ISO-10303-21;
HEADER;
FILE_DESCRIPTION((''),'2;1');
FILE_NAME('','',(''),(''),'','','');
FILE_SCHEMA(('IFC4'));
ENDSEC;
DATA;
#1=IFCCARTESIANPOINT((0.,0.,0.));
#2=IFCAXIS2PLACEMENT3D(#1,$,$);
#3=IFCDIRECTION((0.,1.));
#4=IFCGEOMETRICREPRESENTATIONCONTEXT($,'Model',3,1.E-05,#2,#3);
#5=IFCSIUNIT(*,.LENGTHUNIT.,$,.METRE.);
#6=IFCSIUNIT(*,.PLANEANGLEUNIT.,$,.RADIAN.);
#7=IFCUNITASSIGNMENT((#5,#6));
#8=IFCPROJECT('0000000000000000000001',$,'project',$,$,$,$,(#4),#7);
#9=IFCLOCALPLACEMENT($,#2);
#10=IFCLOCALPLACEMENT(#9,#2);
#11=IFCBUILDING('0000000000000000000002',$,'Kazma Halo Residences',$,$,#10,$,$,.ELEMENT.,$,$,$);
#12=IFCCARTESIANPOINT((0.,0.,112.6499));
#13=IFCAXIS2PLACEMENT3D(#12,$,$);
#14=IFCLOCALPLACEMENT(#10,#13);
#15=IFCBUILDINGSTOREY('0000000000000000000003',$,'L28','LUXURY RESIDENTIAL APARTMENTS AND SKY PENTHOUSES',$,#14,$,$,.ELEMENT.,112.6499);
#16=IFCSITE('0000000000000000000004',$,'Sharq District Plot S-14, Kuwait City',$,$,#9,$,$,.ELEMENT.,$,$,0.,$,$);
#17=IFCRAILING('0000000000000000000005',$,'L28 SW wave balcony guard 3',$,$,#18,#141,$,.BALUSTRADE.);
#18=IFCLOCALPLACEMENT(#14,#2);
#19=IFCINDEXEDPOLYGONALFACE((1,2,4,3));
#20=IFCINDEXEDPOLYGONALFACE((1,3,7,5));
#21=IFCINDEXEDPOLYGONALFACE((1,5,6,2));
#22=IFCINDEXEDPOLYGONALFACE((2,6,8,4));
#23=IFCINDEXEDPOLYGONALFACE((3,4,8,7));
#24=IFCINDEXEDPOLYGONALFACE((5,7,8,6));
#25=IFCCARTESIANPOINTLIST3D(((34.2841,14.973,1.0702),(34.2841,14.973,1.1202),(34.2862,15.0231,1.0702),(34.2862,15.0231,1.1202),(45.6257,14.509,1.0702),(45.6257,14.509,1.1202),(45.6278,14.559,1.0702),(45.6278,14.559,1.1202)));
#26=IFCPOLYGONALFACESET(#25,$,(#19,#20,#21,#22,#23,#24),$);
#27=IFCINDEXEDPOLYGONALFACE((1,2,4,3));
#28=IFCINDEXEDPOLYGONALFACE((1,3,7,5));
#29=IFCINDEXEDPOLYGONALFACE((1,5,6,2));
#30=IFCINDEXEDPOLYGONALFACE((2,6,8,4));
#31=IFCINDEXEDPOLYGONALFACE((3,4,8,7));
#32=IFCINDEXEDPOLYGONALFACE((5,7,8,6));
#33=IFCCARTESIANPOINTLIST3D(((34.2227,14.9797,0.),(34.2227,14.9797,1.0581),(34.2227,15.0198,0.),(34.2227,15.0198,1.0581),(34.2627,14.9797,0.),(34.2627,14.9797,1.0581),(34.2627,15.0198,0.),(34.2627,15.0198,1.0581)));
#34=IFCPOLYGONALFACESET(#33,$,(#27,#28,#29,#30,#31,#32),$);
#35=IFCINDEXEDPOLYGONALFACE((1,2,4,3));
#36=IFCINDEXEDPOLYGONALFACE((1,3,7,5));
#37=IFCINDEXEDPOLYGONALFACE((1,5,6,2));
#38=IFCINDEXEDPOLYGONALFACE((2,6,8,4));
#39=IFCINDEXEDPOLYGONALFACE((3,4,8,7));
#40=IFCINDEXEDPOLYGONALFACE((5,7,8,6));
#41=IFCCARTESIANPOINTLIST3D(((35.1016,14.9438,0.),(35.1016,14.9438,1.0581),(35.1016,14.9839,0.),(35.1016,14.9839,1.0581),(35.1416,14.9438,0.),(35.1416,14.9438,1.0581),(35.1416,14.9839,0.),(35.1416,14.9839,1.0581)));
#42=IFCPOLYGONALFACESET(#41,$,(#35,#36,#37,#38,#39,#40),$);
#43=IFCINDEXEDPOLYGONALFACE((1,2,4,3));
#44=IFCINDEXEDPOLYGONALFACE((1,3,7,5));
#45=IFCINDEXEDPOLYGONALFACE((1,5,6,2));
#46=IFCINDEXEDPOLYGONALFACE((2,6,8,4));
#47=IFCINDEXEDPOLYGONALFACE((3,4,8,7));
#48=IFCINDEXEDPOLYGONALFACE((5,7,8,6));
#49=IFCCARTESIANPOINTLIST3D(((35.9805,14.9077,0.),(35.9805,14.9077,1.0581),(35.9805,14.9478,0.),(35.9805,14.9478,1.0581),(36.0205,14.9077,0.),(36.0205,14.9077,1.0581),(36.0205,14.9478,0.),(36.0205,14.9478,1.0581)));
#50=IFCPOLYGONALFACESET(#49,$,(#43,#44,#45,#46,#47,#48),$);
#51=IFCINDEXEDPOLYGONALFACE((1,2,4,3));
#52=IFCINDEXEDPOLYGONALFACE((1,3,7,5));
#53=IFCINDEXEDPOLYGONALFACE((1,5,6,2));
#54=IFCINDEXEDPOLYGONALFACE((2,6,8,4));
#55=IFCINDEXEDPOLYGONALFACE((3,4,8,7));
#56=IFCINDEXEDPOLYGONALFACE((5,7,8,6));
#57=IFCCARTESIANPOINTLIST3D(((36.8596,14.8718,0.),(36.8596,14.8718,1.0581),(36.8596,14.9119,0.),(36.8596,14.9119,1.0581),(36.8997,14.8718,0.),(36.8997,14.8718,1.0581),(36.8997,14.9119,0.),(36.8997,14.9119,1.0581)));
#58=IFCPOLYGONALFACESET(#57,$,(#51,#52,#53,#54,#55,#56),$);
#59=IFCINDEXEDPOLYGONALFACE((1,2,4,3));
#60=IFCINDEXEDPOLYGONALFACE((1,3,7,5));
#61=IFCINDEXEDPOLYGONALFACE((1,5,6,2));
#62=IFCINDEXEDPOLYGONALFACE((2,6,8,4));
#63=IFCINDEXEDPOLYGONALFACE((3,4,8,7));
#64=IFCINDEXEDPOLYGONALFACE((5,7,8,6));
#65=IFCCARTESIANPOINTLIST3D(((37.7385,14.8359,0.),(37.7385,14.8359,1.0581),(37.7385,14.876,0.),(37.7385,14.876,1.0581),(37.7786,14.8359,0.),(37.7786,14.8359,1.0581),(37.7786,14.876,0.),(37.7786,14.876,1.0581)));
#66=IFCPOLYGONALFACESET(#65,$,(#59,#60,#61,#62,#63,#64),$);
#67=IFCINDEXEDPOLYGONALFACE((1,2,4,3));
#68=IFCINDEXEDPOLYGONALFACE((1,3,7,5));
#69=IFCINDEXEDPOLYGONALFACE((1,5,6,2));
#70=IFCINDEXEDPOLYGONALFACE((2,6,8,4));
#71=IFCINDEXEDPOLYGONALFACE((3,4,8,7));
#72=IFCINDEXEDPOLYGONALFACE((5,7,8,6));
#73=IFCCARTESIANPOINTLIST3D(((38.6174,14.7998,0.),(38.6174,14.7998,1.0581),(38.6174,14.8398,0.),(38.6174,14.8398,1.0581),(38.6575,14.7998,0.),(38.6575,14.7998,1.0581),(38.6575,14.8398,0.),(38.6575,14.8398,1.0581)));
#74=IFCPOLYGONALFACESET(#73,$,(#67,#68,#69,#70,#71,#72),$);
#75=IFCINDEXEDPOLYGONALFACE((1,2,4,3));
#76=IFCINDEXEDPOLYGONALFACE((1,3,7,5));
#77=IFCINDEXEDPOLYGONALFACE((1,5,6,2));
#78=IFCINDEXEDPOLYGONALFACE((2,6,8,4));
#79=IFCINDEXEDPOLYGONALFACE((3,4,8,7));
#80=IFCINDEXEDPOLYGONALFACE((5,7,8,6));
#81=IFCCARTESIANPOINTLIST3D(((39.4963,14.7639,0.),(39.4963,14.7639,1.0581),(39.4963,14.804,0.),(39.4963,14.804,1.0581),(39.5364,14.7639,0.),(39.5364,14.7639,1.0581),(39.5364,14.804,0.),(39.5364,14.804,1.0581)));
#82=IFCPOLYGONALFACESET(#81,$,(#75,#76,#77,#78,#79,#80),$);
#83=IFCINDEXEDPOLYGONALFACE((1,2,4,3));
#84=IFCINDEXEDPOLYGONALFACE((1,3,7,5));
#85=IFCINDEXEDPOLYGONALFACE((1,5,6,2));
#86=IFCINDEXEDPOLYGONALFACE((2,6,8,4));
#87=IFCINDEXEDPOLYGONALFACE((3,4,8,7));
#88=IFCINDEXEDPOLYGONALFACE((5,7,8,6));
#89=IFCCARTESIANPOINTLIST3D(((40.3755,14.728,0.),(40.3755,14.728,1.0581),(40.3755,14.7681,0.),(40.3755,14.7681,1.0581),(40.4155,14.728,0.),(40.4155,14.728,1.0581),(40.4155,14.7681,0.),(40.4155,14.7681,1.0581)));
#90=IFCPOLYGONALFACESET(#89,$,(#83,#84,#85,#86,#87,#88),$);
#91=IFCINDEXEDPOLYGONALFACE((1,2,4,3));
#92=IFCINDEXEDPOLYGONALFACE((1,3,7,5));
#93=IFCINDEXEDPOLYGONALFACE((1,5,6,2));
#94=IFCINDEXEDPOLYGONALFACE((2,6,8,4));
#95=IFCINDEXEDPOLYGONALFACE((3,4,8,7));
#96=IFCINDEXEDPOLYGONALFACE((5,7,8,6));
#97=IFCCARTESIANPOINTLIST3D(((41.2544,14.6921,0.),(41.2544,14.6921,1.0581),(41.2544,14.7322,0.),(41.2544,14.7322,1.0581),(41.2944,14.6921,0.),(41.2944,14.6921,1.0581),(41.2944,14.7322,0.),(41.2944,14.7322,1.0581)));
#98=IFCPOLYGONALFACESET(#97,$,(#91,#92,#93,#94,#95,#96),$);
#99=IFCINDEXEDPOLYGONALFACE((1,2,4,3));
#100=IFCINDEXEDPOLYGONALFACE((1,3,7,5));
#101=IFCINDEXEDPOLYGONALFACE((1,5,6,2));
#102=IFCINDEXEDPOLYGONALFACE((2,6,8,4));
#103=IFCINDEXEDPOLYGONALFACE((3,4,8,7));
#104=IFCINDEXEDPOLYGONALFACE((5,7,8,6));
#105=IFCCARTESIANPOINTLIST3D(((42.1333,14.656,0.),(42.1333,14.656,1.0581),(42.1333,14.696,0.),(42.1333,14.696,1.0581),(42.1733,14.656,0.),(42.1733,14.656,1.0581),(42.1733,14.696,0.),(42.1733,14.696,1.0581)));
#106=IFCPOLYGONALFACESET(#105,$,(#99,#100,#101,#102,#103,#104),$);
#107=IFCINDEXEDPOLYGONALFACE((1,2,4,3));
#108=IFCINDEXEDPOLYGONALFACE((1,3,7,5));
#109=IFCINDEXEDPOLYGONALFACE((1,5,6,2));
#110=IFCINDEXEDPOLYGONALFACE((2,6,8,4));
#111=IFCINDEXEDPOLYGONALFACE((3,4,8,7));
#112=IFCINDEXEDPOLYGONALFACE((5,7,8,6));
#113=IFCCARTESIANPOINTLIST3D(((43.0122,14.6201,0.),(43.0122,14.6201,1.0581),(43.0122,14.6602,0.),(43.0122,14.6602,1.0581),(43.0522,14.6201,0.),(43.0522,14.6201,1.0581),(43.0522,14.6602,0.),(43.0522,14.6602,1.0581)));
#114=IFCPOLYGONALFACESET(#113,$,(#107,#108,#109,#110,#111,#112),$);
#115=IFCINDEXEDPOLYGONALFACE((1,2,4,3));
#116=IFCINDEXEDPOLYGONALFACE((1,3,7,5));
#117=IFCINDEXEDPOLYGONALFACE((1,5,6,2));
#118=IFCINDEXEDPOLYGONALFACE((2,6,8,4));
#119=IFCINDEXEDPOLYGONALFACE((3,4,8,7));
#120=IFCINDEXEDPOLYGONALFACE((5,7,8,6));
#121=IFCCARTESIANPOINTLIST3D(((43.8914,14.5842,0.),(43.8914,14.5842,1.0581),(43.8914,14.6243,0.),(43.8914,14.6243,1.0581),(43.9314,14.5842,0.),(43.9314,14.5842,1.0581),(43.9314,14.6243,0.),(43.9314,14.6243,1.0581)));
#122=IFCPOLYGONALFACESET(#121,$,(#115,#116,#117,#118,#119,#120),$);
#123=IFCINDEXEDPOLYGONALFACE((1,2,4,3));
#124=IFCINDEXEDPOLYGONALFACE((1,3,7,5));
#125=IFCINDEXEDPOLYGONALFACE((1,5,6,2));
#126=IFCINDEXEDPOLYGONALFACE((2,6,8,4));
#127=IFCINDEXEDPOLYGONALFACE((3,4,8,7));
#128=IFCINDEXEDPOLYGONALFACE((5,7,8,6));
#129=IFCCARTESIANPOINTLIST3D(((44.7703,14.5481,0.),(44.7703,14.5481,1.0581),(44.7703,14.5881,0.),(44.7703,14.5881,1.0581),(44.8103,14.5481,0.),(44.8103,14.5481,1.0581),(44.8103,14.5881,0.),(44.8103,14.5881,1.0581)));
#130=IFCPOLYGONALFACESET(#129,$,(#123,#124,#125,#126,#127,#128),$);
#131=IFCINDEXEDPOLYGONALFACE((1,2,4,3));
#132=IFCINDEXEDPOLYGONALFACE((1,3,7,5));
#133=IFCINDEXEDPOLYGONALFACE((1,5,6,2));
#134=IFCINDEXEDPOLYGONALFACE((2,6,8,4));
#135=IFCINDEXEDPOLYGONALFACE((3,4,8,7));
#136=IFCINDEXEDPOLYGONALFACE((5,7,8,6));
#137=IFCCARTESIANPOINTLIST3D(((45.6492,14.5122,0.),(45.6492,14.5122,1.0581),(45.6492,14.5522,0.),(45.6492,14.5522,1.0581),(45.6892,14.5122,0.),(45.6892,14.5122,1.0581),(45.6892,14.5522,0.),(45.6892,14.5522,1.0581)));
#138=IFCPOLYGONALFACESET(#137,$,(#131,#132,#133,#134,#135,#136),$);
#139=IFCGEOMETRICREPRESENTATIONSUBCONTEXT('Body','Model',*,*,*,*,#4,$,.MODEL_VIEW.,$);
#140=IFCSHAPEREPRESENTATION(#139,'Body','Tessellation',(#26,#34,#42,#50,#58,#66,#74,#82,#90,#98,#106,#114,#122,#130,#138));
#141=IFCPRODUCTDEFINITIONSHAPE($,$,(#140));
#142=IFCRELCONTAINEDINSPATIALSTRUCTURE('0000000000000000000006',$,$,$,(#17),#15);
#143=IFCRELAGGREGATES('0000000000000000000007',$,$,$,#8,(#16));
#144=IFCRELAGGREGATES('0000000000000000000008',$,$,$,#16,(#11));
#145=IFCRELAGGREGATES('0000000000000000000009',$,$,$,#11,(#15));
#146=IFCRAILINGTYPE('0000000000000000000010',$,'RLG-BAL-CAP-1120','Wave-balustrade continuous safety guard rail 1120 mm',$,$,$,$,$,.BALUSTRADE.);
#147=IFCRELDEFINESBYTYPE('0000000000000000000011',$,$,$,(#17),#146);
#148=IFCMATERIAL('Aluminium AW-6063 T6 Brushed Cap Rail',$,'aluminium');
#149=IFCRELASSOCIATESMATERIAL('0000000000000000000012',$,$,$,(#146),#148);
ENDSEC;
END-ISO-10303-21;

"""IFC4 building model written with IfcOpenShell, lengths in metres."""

from ifc_helpers import new_model, si_unit, direction, frame, origin, origin_2d, place, context, subcontext, project, spatial, rectangle, extrude, material, type_object, element, save


model = new_model("IFC4")

# Units and contexts
model_context = context("Model", 3, precision=1e-05, world=origin(), true_north=direction((0.0, 1.0)))
body_context = subcontext(model_context, "Body", "Model", "MODEL_VIEW")
ifc_project = project(units=[si_unit("LENGTHUNIT", "METRE"), si_unit("PLANEANGLEUNIT", "RADIAN")], contexts=[model_context])

# Site, building, storey
site_placement = place(None, origin())
site = spatial("IfcSite", under=ifc_project, at=site_placement, Name="Sharq District Plot S-14, Kuwait City", CompositionType="ELEMENT", RefElevation=0.0)
building_placement = place(site_placement, origin())
building = spatial("IfcBuilding", under=site, at=building_placement, Name="Kazma Halo Residences", CompositionType="ELEMENT")
storey_placement = place(building_placement, frame((0.0, 0.0, 112.6499)))
storey = spatial("IfcBuildingStorey", under=building, at=storey_placement, Name="L28", Description="LUXURY RESIDENTIAL APARTMENTS AND SKY PENTHOUSES", CompositionType="ELEMENT", Elevation=112.6499)

# Railing
ifc_material_1 = material(Name="Aluminium AW-6063 T6 Brushed Cap Rail", Category="aluminium")
railing_type = type_object("IfcRailingType", Name="RLG-BAL-CAP-1120", Description="Wave-balustrade continuous safety guard rail 1120 mm", PredefinedType="BALUSTRADE", material=ifc_material_1)
railing_1_placement = place(storey_placement, frame((34.2427, 14.9998, 0.0)))
element("IfcRailing", 1, at=railing_1_placement, inside=storey, type_object=railing_type, Name="L28 SW wave balcony guard 3", PredefinedType="BALUSTRADE", context=body_context, shape_type="SweptSolid", body=[
    extrude(rectangle(XDim=0.05, YDim=0.05, at=origin_2d()), frame((0.0425, -0.0017, 1.0952), z_axis=(0.999164, -0.040882, 0.0), x_axis=(0.040882, 0.999164, 0.0)), (0.0, 0.0, 1.0), 11.3511),
    extrude(rectangle(XDim=0.04, YDim=0.04, at=origin_2d()), origin(), (0.0, 0.0, 1.0), 1.0581),
    extrude(rectangle(XDim=0.04, YDim=0.04, at=origin_2d()), frame((0.8789, -0.0359, 0.0)), (0.0, 0.0, 1.0), 1.0581),
    extrude(rectangle(XDim=0.04, YDim=0.04, at=origin_2d()), frame((1.7578, -0.072, 0.0)), (0.0, 0.0, 1.0), 1.0581),
    extrude(rectangle(XDim=0.04, YDim=0.04, at=origin_2d()), frame((2.637, -0.1079, 0.0)), (0.0, 0.0, 1.0), 1.0581),
    extrude(rectangle(XDim=0.04, YDim=0.04, at=origin_2d()), frame((3.5159, -0.1438, 0.0)), (0.0, 0.0, 1.0), 1.0581),
    extrude(rectangle(XDim=0.04, YDim=0.04, at=origin_2d()), frame((4.3948, -0.1799, 0.0)), (0.0, 0.0, 1.0), 1.0581),
    extrude(rectangle(XDim=0.04, YDim=0.04, at=origin_2d()), frame((5.2737, -0.2158, 0.0)), (0.0, 0.0, 1.0), 1.0581),
    extrude(rectangle(XDim=0.04, YDim=0.04, at=origin_2d()), frame((6.1528, -0.2517, 0.0)), (0.0, 0.0, 1.0), 1.0581),
    extrude(rectangle(XDim=0.04, YDim=0.04, at=origin_2d()), frame((7.0317, -0.2876, 0.0)), (0.0, 0.0, 1.0), 1.0581),
    extrude(rectangle(XDim=0.04, YDim=0.04, at=origin_2d()), frame((7.9106, -0.3237, 0.0)), (0.0, 0.0, 1.0), 1.0581),
    extrude(rectangle(XDim=0.04, YDim=0.04, at=origin_2d()), frame((8.7896, -0.3596, 0.0)), (0.0, 0.0, 1.0), 1.0581),
    extrude(rectangle(XDim=0.04, YDim=0.04, at=origin_2d()), frame((9.6687, -0.3955, 0.0)), (0.0, 0.0, 1.0), 1.0581),
    extrude(rectangle(XDim=0.04, YDim=0.04, at=origin_2d()), frame((10.5476, -0.4316, 0.0)), (0.0, 0.0, 1.0), 1.0581),
    extrude(rectangle(XDim=0.04, YDim=0.04, at=origin_2d()), frame((11.4265, -0.4675, 0.0)), (0.0, 0.0, 1.0), 1.0581),
])

save(model, "model.ifc")
